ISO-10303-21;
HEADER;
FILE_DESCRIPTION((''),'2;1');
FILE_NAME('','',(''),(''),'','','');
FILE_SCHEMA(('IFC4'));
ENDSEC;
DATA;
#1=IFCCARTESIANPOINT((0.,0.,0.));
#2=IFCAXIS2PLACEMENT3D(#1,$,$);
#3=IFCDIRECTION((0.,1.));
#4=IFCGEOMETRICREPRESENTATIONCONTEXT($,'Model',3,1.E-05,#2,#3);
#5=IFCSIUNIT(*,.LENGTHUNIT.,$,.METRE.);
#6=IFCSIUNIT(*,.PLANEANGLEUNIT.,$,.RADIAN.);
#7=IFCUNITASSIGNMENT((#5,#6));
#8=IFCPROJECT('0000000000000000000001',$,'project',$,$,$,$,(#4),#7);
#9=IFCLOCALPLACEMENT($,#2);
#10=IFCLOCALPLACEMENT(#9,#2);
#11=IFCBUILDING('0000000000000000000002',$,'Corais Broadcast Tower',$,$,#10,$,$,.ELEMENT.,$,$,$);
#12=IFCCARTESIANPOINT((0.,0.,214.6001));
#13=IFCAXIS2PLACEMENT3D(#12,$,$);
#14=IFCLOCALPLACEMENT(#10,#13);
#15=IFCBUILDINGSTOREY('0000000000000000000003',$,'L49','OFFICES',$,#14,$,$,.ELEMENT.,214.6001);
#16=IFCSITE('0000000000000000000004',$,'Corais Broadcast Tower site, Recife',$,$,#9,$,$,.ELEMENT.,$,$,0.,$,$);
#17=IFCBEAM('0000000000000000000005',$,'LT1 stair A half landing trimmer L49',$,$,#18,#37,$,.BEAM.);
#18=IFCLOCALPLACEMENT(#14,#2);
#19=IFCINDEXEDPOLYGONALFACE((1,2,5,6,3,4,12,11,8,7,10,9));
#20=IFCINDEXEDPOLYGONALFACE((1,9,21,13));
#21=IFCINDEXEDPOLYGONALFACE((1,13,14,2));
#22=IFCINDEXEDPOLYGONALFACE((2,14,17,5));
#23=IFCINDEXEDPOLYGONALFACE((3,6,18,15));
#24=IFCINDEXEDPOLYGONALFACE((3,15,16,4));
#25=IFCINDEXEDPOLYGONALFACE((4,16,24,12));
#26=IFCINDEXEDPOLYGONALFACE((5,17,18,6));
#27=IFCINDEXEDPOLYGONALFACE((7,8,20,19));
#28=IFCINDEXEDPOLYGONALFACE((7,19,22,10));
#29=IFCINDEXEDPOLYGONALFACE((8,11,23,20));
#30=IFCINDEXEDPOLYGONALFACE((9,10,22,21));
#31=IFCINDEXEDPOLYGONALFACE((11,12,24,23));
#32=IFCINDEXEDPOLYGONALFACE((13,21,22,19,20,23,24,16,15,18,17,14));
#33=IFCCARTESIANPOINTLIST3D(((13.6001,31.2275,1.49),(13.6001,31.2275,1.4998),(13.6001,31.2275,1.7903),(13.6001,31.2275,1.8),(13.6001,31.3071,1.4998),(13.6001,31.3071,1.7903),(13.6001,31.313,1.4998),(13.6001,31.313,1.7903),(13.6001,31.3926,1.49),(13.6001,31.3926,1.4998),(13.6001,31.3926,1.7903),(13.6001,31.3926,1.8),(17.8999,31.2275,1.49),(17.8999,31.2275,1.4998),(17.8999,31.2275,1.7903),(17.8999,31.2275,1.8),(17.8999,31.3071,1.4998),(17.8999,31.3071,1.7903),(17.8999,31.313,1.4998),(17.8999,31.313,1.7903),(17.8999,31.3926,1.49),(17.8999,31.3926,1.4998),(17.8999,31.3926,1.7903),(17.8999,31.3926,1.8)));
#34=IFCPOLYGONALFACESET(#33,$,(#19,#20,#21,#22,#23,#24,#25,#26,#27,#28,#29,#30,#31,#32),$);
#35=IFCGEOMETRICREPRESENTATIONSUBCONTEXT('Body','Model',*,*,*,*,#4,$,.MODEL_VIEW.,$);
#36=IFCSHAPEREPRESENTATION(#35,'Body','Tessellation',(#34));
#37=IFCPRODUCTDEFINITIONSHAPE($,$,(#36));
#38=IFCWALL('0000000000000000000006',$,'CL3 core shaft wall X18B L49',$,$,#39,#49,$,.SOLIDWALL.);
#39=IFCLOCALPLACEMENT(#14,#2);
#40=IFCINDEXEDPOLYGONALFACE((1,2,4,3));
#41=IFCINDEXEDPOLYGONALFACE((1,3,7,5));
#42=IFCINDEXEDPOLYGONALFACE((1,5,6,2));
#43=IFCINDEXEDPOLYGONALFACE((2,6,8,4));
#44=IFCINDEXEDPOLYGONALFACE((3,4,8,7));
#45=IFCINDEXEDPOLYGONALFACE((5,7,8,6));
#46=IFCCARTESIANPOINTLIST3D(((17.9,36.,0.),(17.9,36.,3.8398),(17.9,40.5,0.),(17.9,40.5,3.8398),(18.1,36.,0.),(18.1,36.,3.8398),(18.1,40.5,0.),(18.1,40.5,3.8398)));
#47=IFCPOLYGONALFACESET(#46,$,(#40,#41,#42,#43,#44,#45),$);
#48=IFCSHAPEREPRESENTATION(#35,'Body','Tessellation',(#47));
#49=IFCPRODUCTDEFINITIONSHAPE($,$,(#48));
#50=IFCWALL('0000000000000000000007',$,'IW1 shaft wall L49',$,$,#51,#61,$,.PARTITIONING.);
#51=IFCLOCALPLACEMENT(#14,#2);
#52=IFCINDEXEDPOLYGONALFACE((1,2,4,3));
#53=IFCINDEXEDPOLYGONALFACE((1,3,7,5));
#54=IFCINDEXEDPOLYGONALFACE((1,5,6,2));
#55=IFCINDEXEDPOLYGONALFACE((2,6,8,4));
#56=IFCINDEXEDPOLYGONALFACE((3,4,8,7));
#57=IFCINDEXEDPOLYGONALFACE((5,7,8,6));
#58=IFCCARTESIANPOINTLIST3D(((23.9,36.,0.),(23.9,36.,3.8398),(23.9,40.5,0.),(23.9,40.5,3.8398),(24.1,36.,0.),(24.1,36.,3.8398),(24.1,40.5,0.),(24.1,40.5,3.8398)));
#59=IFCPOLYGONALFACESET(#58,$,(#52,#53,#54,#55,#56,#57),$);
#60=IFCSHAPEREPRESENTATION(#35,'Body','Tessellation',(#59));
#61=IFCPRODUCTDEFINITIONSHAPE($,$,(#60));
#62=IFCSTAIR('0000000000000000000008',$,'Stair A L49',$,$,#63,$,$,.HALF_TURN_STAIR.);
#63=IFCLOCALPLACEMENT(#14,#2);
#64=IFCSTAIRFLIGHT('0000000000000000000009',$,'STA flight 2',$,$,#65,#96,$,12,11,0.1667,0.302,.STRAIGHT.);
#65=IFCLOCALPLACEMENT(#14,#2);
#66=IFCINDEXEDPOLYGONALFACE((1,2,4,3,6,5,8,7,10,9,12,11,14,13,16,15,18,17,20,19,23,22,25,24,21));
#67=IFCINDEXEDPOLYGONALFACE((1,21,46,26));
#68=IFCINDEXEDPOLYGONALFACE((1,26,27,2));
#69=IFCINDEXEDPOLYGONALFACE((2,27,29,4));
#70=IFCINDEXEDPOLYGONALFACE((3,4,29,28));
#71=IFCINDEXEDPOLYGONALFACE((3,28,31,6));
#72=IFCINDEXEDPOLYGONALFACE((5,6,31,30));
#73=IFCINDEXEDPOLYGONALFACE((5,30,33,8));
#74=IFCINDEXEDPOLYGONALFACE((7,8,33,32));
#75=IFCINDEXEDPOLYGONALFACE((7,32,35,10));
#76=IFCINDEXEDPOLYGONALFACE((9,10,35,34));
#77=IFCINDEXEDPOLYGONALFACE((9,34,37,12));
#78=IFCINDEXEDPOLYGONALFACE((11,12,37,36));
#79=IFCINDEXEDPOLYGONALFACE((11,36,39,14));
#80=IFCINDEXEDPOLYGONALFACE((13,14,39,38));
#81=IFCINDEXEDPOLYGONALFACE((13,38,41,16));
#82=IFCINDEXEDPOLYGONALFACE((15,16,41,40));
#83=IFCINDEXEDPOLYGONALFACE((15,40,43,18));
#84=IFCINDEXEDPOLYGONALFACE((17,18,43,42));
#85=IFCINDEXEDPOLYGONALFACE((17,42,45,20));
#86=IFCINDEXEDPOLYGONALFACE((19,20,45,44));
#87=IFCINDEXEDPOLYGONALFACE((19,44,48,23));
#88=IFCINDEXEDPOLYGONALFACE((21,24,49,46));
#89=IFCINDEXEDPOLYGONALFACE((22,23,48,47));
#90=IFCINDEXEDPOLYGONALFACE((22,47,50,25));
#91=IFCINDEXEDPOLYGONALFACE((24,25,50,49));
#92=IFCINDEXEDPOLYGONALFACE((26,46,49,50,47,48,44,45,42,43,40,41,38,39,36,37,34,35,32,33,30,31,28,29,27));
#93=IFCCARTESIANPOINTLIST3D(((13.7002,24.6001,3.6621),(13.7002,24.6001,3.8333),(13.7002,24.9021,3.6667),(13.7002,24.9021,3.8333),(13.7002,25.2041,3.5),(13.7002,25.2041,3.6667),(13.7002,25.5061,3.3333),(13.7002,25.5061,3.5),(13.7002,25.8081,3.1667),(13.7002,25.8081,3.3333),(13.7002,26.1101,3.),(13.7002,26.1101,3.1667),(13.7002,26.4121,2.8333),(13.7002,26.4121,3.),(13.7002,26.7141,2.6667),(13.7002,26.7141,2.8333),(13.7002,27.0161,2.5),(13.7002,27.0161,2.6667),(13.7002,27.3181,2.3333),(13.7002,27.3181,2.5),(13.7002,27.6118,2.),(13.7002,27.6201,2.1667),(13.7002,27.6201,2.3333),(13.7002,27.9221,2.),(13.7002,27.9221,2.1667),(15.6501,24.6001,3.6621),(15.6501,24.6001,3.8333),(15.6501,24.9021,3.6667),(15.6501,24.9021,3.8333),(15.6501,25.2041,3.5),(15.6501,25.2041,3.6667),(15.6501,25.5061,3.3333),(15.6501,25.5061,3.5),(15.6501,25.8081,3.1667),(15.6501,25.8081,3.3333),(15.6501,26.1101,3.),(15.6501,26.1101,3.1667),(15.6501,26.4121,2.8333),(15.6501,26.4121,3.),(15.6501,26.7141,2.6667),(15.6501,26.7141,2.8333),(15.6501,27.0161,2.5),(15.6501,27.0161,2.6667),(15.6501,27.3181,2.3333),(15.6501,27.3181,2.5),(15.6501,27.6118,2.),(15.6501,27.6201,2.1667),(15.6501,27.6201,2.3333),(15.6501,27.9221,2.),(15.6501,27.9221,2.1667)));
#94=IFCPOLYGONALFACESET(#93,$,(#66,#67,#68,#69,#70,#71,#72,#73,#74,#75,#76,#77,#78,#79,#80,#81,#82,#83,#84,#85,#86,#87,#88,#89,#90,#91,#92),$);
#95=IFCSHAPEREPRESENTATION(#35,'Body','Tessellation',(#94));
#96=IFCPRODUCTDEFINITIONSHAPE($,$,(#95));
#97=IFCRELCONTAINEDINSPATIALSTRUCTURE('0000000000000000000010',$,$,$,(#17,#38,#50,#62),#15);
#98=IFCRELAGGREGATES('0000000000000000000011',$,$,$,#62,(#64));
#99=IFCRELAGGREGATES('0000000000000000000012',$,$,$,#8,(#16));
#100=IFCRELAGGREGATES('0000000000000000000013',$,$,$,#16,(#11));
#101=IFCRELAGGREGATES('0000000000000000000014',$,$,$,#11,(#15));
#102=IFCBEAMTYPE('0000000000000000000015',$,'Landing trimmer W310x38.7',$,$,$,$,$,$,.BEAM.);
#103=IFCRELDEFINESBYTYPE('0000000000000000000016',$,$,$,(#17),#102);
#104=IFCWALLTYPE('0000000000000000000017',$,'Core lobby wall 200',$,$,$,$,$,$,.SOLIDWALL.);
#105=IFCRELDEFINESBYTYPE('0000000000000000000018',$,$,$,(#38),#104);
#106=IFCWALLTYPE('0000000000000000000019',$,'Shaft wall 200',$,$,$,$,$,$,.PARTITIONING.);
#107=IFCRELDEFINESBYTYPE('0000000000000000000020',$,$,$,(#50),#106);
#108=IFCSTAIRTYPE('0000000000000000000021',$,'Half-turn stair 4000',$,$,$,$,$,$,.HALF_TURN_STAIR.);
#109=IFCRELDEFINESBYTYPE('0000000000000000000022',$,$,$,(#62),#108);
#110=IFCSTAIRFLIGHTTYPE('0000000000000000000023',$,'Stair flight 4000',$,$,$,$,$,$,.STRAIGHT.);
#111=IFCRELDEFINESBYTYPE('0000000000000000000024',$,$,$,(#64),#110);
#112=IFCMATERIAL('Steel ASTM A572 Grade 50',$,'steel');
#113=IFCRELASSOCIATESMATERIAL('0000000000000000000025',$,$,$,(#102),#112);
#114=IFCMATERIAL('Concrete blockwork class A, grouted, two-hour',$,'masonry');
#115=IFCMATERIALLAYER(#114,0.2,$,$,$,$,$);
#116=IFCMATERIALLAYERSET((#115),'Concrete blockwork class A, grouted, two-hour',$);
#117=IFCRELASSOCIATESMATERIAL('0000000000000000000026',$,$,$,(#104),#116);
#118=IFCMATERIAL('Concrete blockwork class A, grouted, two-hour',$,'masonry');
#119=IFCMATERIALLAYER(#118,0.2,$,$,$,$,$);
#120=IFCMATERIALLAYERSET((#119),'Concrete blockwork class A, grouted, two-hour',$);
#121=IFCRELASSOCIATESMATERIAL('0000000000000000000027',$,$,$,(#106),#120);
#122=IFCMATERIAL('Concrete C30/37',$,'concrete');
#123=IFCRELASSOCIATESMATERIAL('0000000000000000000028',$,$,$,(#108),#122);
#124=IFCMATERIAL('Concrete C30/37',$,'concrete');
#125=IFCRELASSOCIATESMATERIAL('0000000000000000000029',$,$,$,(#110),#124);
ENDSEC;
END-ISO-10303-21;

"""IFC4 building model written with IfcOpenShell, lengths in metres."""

from ifc_helpers import new_model, si_unit, direction, frame, frame_2d, origin, origin_2d, place, context, subcontext, project, spatial, polyline, rectangle, i_section, outline, extrude, material, layer, layer_set, material_profile, profile_set, type_object, element, aggregate, save


model = new_model("IFC4")

# Units and contexts
model_context = context("Model", 3, precision=1e-05, world=origin(), true_north=direction((0.0, 1.0)))
body_context = subcontext(model_context, "Body", "Model", "MODEL_VIEW")
ifc_project = project(units=[si_unit("LENGTHUNIT", "METRE"), si_unit("PLANEANGLEUNIT", "RADIAN")], contexts=[model_context])

# Site, building, storey
site_placement = place(None, origin())
site = spatial("IfcSite", under=ifc_project, at=site_placement, Name="Corais Broadcast Tower site, Recife", CompositionType="ELEMENT", RefElevation=0.0)
building_placement = place(site_placement, origin())
building = spatial("IfcBuilding", under=site, at=building_placement, Name="Corais Broadcast Tower", CompositionType="ELEMENT")
storey_placement = place(building_placement, frame((0.0, 0.0, 214.6001)))
storey = spatial("IfcBuildingStorey", under=building, at=storey_placement, Name="L49", Description="OFFICES", CompositionType="ELEMENT", Elevation=214.6001)

# Beam
ifc_material_1 = material(Name="Steel ASTM A572 Grade 50", Category="steel")
ifc_material_profile = material_profile(ifc_material_1, i_section(OverallWidth=0.165, OverallDepth=0.3101, WebThickness=0.0059, FlangeThickness=0.0098, at=origin_2d()), Name="W310x38.7")
ifc_profile_set = profile_set([ifc_material_profile], Name="Steel ASTM A572 Grade 50")
beam_type = type_object("IfcBeamType", Name="Landing trimmer W310x38.7", PredefinedType="BEAM", material=ifc_profile_set)
beam_placement = place(storey_placement, frame((13.6001, 31.3101, 1.645), z_axis=(1.0, 0.0, 0.0), x_axis=(0.0, 1.0, 0.0)))
element("IfcBeam", 1, at=beam_placement, inside=storey, type_object=beam_type, Name="LT1 stair A half landing trimmer L49", PredefinedType="BEAM", context=body_context, shape_type="SweptSolid", body=[
    extrude(i_section(OverallWidth=0.165, OverallDepth=0.3101, WebThickness=0.0059, FlangeThickness=0.0098, at=origin_2d()), origin(), (0.0, 0.0, 1.0), 4.2998),
])

# Walls
ifc_material_2 = material(Name="Concrete blockwork class A, grouted, two-hour", Category="masonry")
ifc_layer_1 = layer(ifc_material_2, 0.2)
ifc_layer_set_1 = layer_set([ifc_layer_1], Name="Concrete blockwork class A, grouted, two-hour")
wall_type_1 = type_object("IfcWallType", Name="Core lobby wall 200", PredefinedType="SOLIDWALL", material=ifc_layer_set_1)
wall_1_placement = place(storey_placement, frame((18.0, 36.0, 0.0), z_axis=(0.0, 0.0, 1.0), x_axis=(0.0, 1.0, 0.0)))
element("IfcWall", 2, at=wall_1_placement, inside=storey, type_object=wall_type_1, Name="CL3 core shaft wall X18B L49", PredefinedType="SOLIDWALL", context=body_context, shape_type="SweptSolid", body=[
    extrude(rectangle(XDim=4.5, YDim=0.2, at=frame_2d((2.25, 0.0))), origin(), (0.0, 0.0, 1.0), 3.8398),
])
ifc_material_3 = material(Name="Concrete blockwork class A, grouted, two-hour", Category="masonry")
ifc_layer_2 = layer(ifc_material_3, 0.2)
ifc_layer_set_2 = layer_set([ifc_layer_2], Name="Concrete blockwork class A, grouted, two-hour")
wall_type_2 = type_object("IfcWallType", Name="Shaft wall 200", PredefinedType="PARTITIONING", material=ifc_layer_set_2)
wall_2_placement = place(storey_placement, frame((24.0, 36.0, 0.0), z_axis=(0.0, 0.0, 1.0), x_axis=(0.0, 1.0, 0.0)))
element("IfcWall", 3, at=wall_2_placement, inside=storey, type_object=wall_type_2, Name="IW1 shaft wall L49", PredefinedType="PARTITIONING", context=body_context, shape_type="SweptSolid", body=[
    extrude(rectangle(XDim=4.5, YDim=0.2, at=frame_2d((2.25, 0.0))), origin(), (0.0, 0.0, 1.0), 3.8398),
])

# Stair, stair flight
ifc_material_4 = material(Name="Concrete C30/37", Category="concrete")
stair_type = type_object("IfcStairType", Name="Half-turn stair 4000", PredefinedType="HALF_TURN_STAIR", material=ifc_material_4)
stair_placement = place(storey_placement, origin())
stair = element("IfcStair", 4, at=stair_placement, inside=storey, type_object=stair_type, Name="Stair A L49", PredefinedType="HALF_TURN_STAIR")
ifc_material_5 = material(Name="Concrete C30/37", Category="concrete")
stair_flight_type = type_object("IfcStairFlightType", Name="Stair flight 4000", PredefinedType="STRAIGHT", material=ifc_material_5)
stair_flight_placement = place(storey_placement, frame((14.675, 27.9221, 2.0), z_axis=(0.0, 0.0, 1.0), x_axis=(0.0, -1.0, 0.0)))
stair_flight = element("IfcStairFlight", 5, at=stair_flight_placement, type_object=stair_flight_type, Name="STA flight 2", NumberOfRisers=12, NumberOfTreads=11, PredefinedType="STRAIGHT", RiserHeight=0.1667, TreadLength=0.302, context=body_context, shape_type="SweptSolid", body=[
    extrude(outline(polyline([(0.0, 0.0), (0.0, 0.1667), (0.302, 0.1667), (0.302, 0.3333), (0.604, 0.3333), (0.604, 0.5), (0.906, 0.5), (0.906, 0.6667), (1.208, 0.6667), (1.208, 0.8333), (1.51, 0.8333), (1.51, 1.0), (1.812, 1.0), (1.812, 1.1667), (2.114, 1.1667), (2.114, 1.3333), (2.416, 1.3333), (2.416, 1.5), (2.718, 1.5), (2.718, 1.6667), (3.02, 1.6667), (3.02, 1.8333), (3.322, 1.8333), (3.322, 2.0), (3.322, 1.6621), (0.3103, 0.0), (0.0, 0.0)])), frame((0.0, 0.9751, 0.0), z_axis=(0.0, -1.0, 0.0), x_axis=(1.0, 0.0, 0.0)), (0.0, 0.0, 1.0), 1.95),
])
aggregate(stair, [stair_flight])

save(model, "model.ifc")
